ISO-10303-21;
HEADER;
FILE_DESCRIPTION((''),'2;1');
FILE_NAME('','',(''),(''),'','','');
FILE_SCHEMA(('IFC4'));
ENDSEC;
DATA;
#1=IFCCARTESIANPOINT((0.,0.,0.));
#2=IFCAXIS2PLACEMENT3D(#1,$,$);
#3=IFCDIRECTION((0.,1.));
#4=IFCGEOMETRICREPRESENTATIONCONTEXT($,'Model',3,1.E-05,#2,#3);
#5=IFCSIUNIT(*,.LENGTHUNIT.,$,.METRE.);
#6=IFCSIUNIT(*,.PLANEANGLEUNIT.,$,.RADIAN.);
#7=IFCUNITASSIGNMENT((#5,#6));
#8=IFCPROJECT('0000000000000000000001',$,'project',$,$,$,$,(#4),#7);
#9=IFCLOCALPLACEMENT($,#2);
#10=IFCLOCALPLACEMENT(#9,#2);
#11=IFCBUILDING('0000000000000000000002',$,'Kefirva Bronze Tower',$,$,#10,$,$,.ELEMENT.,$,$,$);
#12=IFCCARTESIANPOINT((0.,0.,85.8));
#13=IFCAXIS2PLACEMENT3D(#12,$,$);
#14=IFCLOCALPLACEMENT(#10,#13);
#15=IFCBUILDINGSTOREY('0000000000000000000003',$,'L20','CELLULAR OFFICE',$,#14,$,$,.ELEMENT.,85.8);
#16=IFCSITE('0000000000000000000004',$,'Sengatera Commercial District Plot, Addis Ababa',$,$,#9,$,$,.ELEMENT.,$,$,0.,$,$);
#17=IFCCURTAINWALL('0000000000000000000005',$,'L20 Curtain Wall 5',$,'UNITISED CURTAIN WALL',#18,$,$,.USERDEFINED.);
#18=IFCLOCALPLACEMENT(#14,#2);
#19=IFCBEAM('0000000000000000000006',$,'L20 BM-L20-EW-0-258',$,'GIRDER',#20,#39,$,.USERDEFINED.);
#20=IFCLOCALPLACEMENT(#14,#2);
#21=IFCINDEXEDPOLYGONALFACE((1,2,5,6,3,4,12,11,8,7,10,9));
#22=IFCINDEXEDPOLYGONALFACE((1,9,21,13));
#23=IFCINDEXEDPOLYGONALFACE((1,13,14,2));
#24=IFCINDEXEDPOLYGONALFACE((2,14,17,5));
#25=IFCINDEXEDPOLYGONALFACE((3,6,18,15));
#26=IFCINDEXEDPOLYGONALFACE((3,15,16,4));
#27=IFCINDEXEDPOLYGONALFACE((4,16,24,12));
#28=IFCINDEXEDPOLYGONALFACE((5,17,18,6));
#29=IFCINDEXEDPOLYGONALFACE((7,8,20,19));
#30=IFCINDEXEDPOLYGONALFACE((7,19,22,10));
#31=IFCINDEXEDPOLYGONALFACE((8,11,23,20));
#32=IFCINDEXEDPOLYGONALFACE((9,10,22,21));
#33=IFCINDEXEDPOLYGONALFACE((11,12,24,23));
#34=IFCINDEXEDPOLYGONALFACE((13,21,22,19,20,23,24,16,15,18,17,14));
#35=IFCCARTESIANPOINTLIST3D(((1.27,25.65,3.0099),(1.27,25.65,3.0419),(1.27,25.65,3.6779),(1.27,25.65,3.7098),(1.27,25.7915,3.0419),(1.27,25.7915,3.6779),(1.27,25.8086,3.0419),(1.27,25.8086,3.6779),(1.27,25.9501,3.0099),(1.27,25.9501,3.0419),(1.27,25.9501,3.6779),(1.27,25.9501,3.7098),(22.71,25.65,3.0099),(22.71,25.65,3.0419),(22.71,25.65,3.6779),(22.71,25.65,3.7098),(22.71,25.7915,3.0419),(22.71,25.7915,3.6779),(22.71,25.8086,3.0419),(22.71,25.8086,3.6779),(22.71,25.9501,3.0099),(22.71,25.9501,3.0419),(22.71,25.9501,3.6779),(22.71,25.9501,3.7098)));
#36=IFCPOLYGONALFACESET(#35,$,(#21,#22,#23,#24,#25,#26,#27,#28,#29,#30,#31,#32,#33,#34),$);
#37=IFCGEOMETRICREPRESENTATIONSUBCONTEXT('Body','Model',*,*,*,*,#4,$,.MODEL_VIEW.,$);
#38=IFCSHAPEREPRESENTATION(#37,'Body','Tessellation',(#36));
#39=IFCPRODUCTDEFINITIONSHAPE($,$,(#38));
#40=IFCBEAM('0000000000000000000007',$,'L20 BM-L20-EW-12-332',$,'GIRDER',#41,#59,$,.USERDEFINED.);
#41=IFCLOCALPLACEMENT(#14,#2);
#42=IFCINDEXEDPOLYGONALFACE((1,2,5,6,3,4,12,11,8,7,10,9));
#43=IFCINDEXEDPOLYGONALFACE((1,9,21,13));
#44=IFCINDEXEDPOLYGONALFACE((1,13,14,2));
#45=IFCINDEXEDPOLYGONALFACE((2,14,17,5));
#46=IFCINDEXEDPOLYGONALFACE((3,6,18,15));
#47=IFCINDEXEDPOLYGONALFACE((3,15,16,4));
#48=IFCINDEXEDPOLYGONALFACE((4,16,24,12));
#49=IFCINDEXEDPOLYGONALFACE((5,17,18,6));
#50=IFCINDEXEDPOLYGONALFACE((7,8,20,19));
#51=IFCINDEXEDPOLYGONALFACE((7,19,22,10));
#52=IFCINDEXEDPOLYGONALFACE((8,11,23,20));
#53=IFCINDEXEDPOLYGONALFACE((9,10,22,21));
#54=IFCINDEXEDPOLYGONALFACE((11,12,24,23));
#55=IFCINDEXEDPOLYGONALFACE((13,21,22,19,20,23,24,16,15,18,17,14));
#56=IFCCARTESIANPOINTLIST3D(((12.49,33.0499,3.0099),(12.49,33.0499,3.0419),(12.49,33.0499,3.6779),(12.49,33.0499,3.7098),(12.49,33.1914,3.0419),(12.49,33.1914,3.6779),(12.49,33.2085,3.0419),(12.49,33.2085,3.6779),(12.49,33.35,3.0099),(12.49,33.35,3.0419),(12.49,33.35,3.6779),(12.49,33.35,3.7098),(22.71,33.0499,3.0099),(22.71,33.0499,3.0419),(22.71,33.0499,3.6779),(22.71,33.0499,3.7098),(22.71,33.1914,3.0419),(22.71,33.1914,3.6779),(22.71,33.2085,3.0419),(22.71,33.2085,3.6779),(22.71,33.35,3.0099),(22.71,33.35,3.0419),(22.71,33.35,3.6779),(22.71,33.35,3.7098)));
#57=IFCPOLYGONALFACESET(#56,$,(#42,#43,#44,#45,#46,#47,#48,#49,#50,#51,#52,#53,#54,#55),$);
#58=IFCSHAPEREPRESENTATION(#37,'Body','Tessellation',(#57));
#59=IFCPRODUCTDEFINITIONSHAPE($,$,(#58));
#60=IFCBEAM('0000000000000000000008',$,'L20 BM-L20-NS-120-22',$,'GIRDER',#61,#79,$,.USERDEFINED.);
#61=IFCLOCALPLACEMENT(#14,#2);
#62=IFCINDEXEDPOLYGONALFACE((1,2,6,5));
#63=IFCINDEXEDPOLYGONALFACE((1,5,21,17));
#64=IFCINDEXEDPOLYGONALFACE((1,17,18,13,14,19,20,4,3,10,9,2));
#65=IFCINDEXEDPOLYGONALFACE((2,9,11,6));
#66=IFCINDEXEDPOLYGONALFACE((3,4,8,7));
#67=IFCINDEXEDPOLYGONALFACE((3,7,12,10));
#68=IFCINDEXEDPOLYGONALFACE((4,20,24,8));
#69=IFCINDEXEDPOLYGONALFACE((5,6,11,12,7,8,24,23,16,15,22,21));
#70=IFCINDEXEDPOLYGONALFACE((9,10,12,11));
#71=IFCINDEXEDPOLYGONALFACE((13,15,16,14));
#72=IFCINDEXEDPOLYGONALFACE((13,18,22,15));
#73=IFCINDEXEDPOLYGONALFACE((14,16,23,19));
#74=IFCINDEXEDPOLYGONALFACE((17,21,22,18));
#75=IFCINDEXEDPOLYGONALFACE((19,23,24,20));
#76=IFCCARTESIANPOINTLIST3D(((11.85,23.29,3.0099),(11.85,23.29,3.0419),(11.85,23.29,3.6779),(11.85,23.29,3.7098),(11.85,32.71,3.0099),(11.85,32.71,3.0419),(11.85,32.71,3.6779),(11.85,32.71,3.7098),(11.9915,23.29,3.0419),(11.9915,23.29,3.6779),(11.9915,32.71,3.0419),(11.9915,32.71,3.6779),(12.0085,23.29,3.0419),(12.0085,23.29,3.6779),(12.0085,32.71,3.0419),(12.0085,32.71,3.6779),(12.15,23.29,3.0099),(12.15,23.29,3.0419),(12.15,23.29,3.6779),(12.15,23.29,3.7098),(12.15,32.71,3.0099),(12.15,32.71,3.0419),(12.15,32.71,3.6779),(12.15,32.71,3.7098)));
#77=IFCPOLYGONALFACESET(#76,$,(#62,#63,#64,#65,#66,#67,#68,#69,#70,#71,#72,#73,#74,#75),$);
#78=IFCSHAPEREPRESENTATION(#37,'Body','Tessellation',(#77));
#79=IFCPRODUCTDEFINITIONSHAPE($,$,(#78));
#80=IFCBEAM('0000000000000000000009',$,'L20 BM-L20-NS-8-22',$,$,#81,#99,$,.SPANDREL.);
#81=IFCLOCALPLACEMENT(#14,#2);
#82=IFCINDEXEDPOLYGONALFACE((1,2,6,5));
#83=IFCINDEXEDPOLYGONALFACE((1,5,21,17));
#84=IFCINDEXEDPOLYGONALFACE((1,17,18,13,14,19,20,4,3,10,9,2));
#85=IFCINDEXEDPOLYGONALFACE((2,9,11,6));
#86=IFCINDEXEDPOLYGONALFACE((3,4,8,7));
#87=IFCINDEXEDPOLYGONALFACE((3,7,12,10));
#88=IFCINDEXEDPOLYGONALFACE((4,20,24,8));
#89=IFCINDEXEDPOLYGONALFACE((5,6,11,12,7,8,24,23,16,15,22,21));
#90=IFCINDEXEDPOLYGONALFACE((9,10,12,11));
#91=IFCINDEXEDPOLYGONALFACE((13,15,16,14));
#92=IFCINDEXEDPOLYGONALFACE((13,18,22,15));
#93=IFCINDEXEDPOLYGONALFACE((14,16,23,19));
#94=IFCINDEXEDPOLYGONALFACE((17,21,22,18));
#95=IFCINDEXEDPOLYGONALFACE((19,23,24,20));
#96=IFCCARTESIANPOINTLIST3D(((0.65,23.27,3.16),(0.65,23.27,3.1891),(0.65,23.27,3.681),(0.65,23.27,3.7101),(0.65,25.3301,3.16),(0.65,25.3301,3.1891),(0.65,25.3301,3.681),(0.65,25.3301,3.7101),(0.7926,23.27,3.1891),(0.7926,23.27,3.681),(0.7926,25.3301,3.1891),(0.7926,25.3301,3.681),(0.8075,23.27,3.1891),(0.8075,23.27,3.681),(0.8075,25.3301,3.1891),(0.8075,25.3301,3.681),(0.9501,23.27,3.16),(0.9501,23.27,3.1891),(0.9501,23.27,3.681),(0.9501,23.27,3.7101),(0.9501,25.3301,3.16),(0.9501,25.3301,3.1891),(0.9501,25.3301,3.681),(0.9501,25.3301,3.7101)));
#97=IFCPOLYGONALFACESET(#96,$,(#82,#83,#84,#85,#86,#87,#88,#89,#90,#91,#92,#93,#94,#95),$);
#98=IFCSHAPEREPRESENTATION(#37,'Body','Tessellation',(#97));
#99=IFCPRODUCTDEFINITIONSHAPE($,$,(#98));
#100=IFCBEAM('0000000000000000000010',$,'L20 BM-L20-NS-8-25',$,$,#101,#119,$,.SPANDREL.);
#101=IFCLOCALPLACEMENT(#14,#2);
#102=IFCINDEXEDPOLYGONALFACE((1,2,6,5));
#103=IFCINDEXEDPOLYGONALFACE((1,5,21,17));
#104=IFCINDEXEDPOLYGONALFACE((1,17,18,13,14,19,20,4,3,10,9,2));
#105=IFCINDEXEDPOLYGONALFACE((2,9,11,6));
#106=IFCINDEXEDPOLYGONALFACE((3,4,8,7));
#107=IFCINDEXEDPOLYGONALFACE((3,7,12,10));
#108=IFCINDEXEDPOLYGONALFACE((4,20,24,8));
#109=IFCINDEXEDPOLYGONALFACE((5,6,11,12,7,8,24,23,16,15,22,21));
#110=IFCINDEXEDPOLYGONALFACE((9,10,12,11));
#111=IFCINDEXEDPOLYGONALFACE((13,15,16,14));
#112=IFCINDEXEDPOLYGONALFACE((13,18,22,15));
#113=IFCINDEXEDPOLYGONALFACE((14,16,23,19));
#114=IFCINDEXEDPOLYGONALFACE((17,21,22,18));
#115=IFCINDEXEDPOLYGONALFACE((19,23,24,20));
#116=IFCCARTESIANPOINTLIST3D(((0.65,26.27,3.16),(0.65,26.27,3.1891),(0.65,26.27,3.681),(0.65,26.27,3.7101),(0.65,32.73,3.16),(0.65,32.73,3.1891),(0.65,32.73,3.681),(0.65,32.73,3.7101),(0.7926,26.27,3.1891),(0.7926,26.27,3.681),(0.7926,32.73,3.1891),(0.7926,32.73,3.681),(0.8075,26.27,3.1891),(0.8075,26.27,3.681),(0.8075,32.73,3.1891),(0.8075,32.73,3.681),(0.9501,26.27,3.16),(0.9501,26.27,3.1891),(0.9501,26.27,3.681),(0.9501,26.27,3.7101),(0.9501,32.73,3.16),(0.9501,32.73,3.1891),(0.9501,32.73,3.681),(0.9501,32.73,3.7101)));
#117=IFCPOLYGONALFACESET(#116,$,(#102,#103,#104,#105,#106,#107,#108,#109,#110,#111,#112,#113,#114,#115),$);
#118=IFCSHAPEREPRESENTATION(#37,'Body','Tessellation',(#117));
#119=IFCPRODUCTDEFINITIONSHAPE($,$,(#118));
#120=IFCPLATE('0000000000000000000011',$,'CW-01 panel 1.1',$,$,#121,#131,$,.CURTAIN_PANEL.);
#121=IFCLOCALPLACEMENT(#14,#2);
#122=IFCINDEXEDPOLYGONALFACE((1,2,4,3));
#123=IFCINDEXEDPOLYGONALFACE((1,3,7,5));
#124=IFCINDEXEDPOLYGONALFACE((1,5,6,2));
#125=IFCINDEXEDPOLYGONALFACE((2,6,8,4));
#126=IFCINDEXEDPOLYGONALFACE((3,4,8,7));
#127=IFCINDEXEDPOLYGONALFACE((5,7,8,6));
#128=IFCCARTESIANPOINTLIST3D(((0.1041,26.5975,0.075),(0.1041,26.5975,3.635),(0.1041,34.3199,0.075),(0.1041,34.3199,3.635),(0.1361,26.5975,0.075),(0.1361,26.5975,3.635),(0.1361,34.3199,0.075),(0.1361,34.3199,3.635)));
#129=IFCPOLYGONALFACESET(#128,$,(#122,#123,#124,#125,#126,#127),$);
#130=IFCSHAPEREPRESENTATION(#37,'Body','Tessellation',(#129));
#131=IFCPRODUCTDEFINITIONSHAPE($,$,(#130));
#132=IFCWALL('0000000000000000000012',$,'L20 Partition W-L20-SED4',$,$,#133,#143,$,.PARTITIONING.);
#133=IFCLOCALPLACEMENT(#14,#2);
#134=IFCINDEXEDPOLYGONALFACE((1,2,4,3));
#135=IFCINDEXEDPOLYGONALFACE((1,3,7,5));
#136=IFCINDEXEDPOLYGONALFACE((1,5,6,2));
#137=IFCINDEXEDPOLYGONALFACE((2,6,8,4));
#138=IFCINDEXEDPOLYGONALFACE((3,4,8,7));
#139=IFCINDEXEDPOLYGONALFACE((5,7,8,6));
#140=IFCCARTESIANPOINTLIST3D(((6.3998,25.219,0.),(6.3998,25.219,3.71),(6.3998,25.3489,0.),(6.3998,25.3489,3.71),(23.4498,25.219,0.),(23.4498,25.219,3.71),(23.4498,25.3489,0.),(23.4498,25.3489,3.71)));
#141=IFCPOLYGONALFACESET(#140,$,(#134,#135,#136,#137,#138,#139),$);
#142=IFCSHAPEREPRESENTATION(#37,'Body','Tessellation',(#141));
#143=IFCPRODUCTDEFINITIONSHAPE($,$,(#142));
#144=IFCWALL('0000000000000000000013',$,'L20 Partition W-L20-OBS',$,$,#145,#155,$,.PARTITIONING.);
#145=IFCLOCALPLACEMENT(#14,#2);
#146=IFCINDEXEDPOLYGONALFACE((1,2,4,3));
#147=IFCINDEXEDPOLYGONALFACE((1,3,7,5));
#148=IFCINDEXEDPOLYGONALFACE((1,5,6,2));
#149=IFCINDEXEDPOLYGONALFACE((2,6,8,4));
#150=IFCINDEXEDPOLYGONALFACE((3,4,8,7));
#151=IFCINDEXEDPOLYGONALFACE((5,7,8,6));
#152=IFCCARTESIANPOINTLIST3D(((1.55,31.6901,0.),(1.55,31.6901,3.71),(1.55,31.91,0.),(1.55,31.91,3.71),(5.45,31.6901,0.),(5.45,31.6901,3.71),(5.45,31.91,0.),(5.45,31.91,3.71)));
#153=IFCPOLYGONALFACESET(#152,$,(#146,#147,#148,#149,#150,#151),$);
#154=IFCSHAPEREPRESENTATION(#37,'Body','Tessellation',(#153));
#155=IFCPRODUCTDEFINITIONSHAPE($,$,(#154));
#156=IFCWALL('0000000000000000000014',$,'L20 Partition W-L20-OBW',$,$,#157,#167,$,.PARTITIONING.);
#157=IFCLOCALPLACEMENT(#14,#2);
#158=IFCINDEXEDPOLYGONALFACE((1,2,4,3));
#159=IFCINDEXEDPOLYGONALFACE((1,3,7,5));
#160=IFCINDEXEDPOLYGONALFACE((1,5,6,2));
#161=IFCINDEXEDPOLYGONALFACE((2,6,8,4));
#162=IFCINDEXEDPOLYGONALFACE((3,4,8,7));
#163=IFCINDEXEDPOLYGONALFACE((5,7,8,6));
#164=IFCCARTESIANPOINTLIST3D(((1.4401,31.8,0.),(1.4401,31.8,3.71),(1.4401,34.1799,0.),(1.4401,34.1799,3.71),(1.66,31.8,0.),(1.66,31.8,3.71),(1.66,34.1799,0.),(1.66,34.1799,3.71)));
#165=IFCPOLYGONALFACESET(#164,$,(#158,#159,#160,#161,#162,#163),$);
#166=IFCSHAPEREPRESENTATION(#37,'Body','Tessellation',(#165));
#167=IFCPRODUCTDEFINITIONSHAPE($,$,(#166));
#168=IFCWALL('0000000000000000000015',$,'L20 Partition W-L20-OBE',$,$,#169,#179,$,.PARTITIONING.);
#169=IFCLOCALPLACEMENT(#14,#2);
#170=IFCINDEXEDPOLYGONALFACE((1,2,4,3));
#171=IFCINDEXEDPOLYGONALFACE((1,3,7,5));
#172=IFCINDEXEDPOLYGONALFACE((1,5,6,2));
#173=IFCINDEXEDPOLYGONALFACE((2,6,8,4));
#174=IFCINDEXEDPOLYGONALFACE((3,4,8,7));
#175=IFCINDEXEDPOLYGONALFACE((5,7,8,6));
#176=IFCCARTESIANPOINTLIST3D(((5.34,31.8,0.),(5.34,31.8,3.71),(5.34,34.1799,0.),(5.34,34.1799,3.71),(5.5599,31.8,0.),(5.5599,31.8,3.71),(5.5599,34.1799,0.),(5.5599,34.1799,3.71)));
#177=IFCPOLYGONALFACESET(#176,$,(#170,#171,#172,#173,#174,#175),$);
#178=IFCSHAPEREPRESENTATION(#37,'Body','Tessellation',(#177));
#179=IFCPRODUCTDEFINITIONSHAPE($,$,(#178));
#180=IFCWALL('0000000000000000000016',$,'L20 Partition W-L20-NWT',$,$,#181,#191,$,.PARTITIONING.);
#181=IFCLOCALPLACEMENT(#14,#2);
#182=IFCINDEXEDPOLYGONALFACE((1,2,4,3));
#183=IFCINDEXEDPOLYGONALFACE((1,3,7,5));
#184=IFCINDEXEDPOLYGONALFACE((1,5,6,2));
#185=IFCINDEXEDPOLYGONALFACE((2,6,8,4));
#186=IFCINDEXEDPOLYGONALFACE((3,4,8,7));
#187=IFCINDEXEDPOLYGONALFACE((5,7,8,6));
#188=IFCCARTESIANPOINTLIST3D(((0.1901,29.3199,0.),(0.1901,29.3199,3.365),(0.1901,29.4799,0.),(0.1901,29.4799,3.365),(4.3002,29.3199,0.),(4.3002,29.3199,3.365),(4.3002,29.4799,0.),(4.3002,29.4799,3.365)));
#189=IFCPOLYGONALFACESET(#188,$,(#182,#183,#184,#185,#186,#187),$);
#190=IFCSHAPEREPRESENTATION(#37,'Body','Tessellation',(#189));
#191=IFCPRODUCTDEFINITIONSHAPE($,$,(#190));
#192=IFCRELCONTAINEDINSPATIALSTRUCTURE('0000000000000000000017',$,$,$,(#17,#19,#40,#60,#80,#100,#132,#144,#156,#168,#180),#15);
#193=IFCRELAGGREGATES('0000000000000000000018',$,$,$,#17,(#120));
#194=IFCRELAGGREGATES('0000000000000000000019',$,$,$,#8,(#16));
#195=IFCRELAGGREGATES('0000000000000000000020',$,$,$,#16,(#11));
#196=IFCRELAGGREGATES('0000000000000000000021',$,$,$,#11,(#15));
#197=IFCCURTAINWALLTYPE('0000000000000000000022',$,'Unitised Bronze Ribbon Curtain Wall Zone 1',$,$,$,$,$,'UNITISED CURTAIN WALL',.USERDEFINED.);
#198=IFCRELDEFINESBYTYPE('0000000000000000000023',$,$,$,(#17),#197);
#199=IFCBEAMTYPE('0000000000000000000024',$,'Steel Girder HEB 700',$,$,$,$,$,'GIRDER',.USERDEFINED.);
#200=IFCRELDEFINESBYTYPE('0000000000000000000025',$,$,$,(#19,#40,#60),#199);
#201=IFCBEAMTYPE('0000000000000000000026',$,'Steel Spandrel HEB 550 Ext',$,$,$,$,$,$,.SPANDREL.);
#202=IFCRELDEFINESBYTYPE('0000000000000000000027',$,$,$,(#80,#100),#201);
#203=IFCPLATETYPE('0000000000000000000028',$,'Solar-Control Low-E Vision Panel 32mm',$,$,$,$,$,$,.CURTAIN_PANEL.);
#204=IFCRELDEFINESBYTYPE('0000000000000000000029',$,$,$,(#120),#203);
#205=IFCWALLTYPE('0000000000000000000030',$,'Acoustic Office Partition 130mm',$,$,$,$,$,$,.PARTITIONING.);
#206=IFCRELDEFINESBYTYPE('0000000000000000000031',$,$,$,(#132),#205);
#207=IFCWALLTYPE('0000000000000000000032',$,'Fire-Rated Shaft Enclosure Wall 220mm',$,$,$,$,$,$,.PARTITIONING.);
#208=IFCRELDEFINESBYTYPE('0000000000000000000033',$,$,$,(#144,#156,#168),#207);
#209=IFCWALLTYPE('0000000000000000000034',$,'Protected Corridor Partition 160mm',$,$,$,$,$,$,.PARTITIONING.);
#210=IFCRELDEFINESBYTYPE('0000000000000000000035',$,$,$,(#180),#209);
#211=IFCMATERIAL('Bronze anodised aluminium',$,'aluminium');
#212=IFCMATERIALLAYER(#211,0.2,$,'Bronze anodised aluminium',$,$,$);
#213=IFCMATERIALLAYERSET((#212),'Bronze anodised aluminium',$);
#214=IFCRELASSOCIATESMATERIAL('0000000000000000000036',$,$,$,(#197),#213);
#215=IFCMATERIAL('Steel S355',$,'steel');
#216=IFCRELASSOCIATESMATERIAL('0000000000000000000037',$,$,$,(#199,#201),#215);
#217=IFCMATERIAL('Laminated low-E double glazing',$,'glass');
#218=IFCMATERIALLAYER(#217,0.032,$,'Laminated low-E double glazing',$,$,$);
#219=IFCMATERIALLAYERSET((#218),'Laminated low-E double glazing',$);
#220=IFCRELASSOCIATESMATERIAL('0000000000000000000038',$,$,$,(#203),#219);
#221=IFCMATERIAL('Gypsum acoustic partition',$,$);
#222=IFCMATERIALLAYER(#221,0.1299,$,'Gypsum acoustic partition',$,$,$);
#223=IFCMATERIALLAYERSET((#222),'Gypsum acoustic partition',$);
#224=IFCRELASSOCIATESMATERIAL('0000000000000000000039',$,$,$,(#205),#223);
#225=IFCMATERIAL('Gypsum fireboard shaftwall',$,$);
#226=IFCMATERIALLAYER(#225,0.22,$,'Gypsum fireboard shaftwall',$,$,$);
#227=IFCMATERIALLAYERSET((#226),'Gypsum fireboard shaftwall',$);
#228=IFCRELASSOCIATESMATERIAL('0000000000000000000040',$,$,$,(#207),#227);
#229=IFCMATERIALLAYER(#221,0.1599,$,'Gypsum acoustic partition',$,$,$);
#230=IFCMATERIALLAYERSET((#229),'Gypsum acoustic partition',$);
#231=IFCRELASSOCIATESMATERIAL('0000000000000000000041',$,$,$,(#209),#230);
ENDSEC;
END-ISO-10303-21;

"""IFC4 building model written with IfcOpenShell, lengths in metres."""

from ifc_helpers import new_model, si_unit, direction, frame, frame_2d, origin, origin_2d, place, context, subcontext, project, spatial, rectangle, i_section, extrude, material, layer, layer_set, material_profile, profile_set, type_object, element, aggregate, save


model = new_model("IFC4")

# Units and contexts
model_context = context("Model", 3, precision=1e-05, world=origin(), true_north=direction((0.0, 1.0)))
body_context = subcontext(model_context, "Body", "Model", "MODEL_VIEW")
ifc_project = project(units=[si_unit("LENGTHUNIT", "METRE"), si_unit("PLANEANGLEUNIT", "RADIAN")], contexts=[model_context])

# Site, building, storey
site_placement = place(None, origin())
site = spatial("IfcSite", under=ifc_project, at=site_placement, Name="Sengatera Commercial District Plot, Addis Ababa", CompositionType="ELEMENT", RefElevation=0.0)
building_placement = place(site_placement, origin())
building = spatial("IfcBuilding", under=site, at=building_placement, Name="Kefirva Bronze Tower", CompositionType="ELEMENT")
storey_placement = place(building_placement, frame((0.0, 0.0, 85.8)))
storey = spatial("IfcBuildingStorey", under=building, at=storey_placement, Name="L20", Description="CELLULAR OFFICE", CompositionType="ELEMENT", Elevation=85.8)

# Curtain wall
ifc_material_1 = material(Name="Bronze anodised aluminium", Category="aluminium")
ifc_layer_1 = layer(ifc_material_1, 0.2, Name="Bronze anodised aluminium")
ifc_layer_set_1 = layer_set([ifc_layer_1], Name="Bronze anodised aluminium")
curtain_wall_type = type_object("IfcCurtainWallType", Name="Unitised Bronze Ribbon Curtain Wall Zone 1", ElementType="UNITISED CURTAIN WALL", PredefinedType="USERDEFINED", material=ifc_layer_set_1)
curtain_wall_placement = place(storey_placement, origin())
curtain_wall = element("IfcCurtainWall", 1, at=curtain_wall_placement, inside=storey, type_object=curtain_wall_type, Name="L20 Curtain Wall 5", ObjectType="UNITISED CURTAIN WALL", PredefinedType="USERDEFINED")

# Beams
ifc_material_2 = material(Name="Steel S355", Category="steel")
ifc_material_profile_1 = material_profile(ifc_material_2, i_section(OverallWidth=0.3, OverallDepth=0.7, WebThickness=0.0171, FlangeThickness=0.032, at=origin_2d()), Name="HEB 700")
ifc_profile_set_1 = profile_set([ifc_material_profile_1], Name="Steel S355")
beam_type_1 = type_object("IfcBeamType", Name="Steel Girder HEB 700", ElementType="GIRDER", PredefinedType="USERDEFINED", material=ifc_profile_set_1)
beam_1_placement = place(storey_placement, frame((1.27, 25.8, 3.3599), z_axis=(1.0, 0.0, 0.0), x_axis=(0.0, 1.0, 0.0)))
element("IfcBeam", 2, at=beam_1_placement, inside=storey, type_object=beam_type_1, Name="L20 BM-L20-EW-0-258", ObjectType="GIRDER", PredefinedType="USERDEFINED", context=body_context, shape_type="SweptSolid", body=[
    extrude(i_section(OverallWidth=0.3, OverallDepth=0.7, WebThickness=0.0171, FlangeThickness=0.032, at=origin_2d()), origin(), (0.0, 0.0, 1.0), 21.4399),
])
beam_2_placement = place(storey_placement, frame((12.49, 33.2, 3.3599), z_axis=(1.0, 0.0, 0.0), x_axis=(0.0, 1.0, 0.0)))
element("IfcBeam", 3, at=beam_2_placement, inside=storey, type_object=beam_type_1, Name="L20 BM-L20-EW-12-332", ObjectType="GIRDER", PredefinedType="USERDEFINED", context=body_context, shape_type="SweptSolid", body=[
    extrude(i_section(OverallWidth=0.3, OverallDepth=0.7, WebThickness=0.0171, FlangeThickness=0.032, at=origin_2d()), origin(), (0.0, 0.0, 1.0), 10.22),
])
beam_3_placement = place(storey_placement, frame((12.0, 23.29, 3.3599), z_axis=(0.0, 1.0, 0.0), x_axis=(-1.0, 0.0, 0.0)))
element("IfcBeam", 4, at=beam_3_placement, inside=storey, type_object=beam_type_1, Name="L20 BM-L20-NS-120-22", ObjectType="GIRDER", PredefinedType="USERDEFINED", context=body_context, shape_type="SweptSolid", body=[
    extrude(i_section(OverallWidth=0.3, OverallDepth=0.7, WebThickness=0.0171, FlangeThickness=0.032, at=origin_2d()), origin(), (0.0, 0.0, 1.0), 9.4199),
])
ifc_material_profile_2 = material_profile(ifc_material_2, i_section(OverallWidth=0.3, OverallDepth=0.55, WebThickness=0.0149, FlangeThickness=0.0291, at=origin_2d()), Name="HEB 550")
ifc_profile_set_2 = profile_set([ifc_material_profile_2], Name="Steel S355")
beam_type_2 = type_object("IfcBeamType", Name="Steel Spandrel HEB 550 Ext", PredefinedType="SPANDREL", material=ifc_profile_set_2)
beam_4_placement = place(storey_placement, frame((0.8, 23.27, 3.4351), z_axis=(0.0, 1.0, 0.0), x_axis=(-1.0, 0.0, 0.0)))
element("IfcBeam", 5, at=beam_4_placement, inside=storey, type_object=beam_type_2, Name="L20 BM-L20-NS-8-22", PredefinedType="SPANDREL", context=body_context, shape_type="SweptSolid", body=[
    extrude(i_section(OverallWidth=0.3, OverallDepth=0.55, WebThickness=0.0149, FlangeThickness=0.0291, at=origin_2d()), origin(), (0.0, 0.0, 1.0), 2.0601),
])
beam_5_placement = place(storey_placement, frame((0.8, 26.27, 3.4351), z_axis=(0.0, 1.0, 0.0), x_axis=(-1.0, 0.0, 0.0)))
element("IfcBeam", 6, at=beam_5_placement, inside=storey, type_object=beam_type_2, Name="L20 BM-L20-NS-8-25", PredefinedType="SPANDREL", context=body_context, shape_type="SweptSolid", body=[
    extrude(i_section(OverallWidth=0.3, OverallDepth=0.55, WebThickness=0.0149, FlangeThickness=0.0291, at=origin_2d()), origin(), (0.0, 0.0, 1.0), 6.46),
])

# Plate
ifc_material_3 = material(Name="Laminated low-E double glazing", Category="glass")
ifc_layer_2 = layer(ifc_material_3, 0.032, Name="Laminated low-E double glazing")
ifc_layer_set_2 = layer_set([ifc_layer_2], Name="Laminated low-E double glazing")
plate_type = type_object("IfcPlateType", Name="Solar-Control Low-E Vision Panel 32mm", PredefinedType="CURTAIN_PANEL", material=ifc_layer_set_2)
plate_placement = place(storey_placement, frame((0.1201, 30.4587, 0.075), z_axis=(0.0, 0.0, 1.0), x_axis=(0.0, -1.0, 0.0)))
plate = element("IfcPlate", 7, at=plate_placement, type_object=plate_type, Name="CW-01 panel 1.1", PredefinedType="CURTAIN_PANEL", context=body_context, shape_type="SweptSolid", body=[
    extrude(rectangle(XDim=7.7224, YDim=0.032, at=origin_2d()), origin(), (0.0, 0.0, 1.0), 3.5601),
])
aggregate(curtain_wall, [plate])

# Walls
ifc_material_4 = material(Name="Gypsum acoustic partition")
ifc_layer_3 = layer(ifc_material_4, 0.1299, Name="Gypsum acoustic partition")
ifc_layer_set_3 = layer_set([ifc_layer_3], Name="Gypsum acoustic partition")
wall_type_1 = type_object("IfcWallType", Name="Acoustic Office Partition 130mm", PredefinedType="PARTITIONING", material=ifc_layer_set_3)
wall_1_placement = place(storey_placement, frame((6.3999, 25.2839, 0.0), z_axis=(0.0, 0.0, 1.0), x_axis=(1.0, 0.0, 0.0)))
element("IfcWall", 8, at=wall_1_placement, inside=storey, type_object=wall_type_1, Name="L20 Partition W-L20-SED4", PredefinedType="PARTITIONING", context=body_context, shape_type="SweptSolid", body=[
    extrude(rectangle(XDim=17.05, YDim=0.1299, at=frame_2d((8.5249, 0.0))), origin(), (0.0, 0.0, 1.0), 3.71),
])
ifc_material_5 = material(Name="Gypsum fireboard shaftwall")
ifc_layer_4 = layer(ifc_material_5, 0.22, Name="Gypsum fireboard shaftwall")
ifc_layer_set_4 = layer_set([ifc_layer_4], Name="Gypsum fireboard shaftwall")
wall_type_2 = type_object("IfcWallType", Name="Fire-Rated Shaft Enclosure Wall 220mm", PredefinedType="PARTITIONING", material=ifc_layer_set_4)
wall_2_placement = place(storey_placement, frame((1.55, 31.8, 0.0), z_axis=(0.0, 0.0, 1.0), x_axis=(1.0, 0.0, 0.0)))
element("IfcWall", 9, at=wall_2_placement, inside=storey, type_object=wall_type_2, Name="L20 Partition W-L20-OBS", PredefinedType="PARTITIONING", context=body_context, shape_type="SweptSolid", body=[
    extrude(rectangle(XDim=3.8999, YDim=0.22, at=frame_2d((1.95, 0.0))), origin(), (0.0, 0.0, 1.0), 3.71),
])
for number, where, z_axis, x_axis, name in (
    (10, (1.55, 31.8, 0.0), (0.0, 0.0, 1.0), (0.0, 1.0, 0.0), "L20 Partition W-L20-OBW"),
    (11, (5.45, 31.8, 0.0), (0.0, 0.0, 1.0), (0.0, 1.0, 0.0), "L20 Partition W-L20-OBE"),
):
    element("IfcWall", number, at=place(storey_placement, frame(where, z_axis=z_axis, x_axis=x_axis)), inside=storey, type_object=wall_type_2, Name=name, PredefinedType="PARTITIONING", context=body_context, shape_type="SweptSolid", body=[
        extrude(rectangle(XDim=2.3799, YDim=0.22, at=frame_2d((1.1899, 0.0))), origin(), (0.0, 0.0, 1.0), 3.71),
    ])
ifc_layer_5 = layer(ifc_material_4, 0.1599, Name="Gypsum acoustic partition")
ifc_layer_set_5 = layer_set([ifc_layer_5], Name="Gypsum acoustic partition")
wall_type_3 = type_object("IfcWallType", Name="Protected Corridor Partition 160mm", PredefinedType="PARTITIONING", material=ifc_layer_set_5)
wall_3_placement = place(storey_placement, frame((0.1899, 29.3999, 0.0), z_axis=(0.0, 0.0, 1.0), x_axis=(1.0, 0.0, 0.0)))
element("IfcWall", 12, at=wall_3_placement, inside=storey, type_object=wall_type_3, Name="L20 Partition W-L20-NWT", PredefinedType="PARTITIONING", context=body_context, shape_type="SweptSolid", body=[
    extrude(rectangle(XDim=4.1101, YDim=0.1599, at=frame_2d((2.0552, 0.0))), origin(), (0.0, 0.0, 1.0), 3.365),
])

save(model, "model.ifc")
